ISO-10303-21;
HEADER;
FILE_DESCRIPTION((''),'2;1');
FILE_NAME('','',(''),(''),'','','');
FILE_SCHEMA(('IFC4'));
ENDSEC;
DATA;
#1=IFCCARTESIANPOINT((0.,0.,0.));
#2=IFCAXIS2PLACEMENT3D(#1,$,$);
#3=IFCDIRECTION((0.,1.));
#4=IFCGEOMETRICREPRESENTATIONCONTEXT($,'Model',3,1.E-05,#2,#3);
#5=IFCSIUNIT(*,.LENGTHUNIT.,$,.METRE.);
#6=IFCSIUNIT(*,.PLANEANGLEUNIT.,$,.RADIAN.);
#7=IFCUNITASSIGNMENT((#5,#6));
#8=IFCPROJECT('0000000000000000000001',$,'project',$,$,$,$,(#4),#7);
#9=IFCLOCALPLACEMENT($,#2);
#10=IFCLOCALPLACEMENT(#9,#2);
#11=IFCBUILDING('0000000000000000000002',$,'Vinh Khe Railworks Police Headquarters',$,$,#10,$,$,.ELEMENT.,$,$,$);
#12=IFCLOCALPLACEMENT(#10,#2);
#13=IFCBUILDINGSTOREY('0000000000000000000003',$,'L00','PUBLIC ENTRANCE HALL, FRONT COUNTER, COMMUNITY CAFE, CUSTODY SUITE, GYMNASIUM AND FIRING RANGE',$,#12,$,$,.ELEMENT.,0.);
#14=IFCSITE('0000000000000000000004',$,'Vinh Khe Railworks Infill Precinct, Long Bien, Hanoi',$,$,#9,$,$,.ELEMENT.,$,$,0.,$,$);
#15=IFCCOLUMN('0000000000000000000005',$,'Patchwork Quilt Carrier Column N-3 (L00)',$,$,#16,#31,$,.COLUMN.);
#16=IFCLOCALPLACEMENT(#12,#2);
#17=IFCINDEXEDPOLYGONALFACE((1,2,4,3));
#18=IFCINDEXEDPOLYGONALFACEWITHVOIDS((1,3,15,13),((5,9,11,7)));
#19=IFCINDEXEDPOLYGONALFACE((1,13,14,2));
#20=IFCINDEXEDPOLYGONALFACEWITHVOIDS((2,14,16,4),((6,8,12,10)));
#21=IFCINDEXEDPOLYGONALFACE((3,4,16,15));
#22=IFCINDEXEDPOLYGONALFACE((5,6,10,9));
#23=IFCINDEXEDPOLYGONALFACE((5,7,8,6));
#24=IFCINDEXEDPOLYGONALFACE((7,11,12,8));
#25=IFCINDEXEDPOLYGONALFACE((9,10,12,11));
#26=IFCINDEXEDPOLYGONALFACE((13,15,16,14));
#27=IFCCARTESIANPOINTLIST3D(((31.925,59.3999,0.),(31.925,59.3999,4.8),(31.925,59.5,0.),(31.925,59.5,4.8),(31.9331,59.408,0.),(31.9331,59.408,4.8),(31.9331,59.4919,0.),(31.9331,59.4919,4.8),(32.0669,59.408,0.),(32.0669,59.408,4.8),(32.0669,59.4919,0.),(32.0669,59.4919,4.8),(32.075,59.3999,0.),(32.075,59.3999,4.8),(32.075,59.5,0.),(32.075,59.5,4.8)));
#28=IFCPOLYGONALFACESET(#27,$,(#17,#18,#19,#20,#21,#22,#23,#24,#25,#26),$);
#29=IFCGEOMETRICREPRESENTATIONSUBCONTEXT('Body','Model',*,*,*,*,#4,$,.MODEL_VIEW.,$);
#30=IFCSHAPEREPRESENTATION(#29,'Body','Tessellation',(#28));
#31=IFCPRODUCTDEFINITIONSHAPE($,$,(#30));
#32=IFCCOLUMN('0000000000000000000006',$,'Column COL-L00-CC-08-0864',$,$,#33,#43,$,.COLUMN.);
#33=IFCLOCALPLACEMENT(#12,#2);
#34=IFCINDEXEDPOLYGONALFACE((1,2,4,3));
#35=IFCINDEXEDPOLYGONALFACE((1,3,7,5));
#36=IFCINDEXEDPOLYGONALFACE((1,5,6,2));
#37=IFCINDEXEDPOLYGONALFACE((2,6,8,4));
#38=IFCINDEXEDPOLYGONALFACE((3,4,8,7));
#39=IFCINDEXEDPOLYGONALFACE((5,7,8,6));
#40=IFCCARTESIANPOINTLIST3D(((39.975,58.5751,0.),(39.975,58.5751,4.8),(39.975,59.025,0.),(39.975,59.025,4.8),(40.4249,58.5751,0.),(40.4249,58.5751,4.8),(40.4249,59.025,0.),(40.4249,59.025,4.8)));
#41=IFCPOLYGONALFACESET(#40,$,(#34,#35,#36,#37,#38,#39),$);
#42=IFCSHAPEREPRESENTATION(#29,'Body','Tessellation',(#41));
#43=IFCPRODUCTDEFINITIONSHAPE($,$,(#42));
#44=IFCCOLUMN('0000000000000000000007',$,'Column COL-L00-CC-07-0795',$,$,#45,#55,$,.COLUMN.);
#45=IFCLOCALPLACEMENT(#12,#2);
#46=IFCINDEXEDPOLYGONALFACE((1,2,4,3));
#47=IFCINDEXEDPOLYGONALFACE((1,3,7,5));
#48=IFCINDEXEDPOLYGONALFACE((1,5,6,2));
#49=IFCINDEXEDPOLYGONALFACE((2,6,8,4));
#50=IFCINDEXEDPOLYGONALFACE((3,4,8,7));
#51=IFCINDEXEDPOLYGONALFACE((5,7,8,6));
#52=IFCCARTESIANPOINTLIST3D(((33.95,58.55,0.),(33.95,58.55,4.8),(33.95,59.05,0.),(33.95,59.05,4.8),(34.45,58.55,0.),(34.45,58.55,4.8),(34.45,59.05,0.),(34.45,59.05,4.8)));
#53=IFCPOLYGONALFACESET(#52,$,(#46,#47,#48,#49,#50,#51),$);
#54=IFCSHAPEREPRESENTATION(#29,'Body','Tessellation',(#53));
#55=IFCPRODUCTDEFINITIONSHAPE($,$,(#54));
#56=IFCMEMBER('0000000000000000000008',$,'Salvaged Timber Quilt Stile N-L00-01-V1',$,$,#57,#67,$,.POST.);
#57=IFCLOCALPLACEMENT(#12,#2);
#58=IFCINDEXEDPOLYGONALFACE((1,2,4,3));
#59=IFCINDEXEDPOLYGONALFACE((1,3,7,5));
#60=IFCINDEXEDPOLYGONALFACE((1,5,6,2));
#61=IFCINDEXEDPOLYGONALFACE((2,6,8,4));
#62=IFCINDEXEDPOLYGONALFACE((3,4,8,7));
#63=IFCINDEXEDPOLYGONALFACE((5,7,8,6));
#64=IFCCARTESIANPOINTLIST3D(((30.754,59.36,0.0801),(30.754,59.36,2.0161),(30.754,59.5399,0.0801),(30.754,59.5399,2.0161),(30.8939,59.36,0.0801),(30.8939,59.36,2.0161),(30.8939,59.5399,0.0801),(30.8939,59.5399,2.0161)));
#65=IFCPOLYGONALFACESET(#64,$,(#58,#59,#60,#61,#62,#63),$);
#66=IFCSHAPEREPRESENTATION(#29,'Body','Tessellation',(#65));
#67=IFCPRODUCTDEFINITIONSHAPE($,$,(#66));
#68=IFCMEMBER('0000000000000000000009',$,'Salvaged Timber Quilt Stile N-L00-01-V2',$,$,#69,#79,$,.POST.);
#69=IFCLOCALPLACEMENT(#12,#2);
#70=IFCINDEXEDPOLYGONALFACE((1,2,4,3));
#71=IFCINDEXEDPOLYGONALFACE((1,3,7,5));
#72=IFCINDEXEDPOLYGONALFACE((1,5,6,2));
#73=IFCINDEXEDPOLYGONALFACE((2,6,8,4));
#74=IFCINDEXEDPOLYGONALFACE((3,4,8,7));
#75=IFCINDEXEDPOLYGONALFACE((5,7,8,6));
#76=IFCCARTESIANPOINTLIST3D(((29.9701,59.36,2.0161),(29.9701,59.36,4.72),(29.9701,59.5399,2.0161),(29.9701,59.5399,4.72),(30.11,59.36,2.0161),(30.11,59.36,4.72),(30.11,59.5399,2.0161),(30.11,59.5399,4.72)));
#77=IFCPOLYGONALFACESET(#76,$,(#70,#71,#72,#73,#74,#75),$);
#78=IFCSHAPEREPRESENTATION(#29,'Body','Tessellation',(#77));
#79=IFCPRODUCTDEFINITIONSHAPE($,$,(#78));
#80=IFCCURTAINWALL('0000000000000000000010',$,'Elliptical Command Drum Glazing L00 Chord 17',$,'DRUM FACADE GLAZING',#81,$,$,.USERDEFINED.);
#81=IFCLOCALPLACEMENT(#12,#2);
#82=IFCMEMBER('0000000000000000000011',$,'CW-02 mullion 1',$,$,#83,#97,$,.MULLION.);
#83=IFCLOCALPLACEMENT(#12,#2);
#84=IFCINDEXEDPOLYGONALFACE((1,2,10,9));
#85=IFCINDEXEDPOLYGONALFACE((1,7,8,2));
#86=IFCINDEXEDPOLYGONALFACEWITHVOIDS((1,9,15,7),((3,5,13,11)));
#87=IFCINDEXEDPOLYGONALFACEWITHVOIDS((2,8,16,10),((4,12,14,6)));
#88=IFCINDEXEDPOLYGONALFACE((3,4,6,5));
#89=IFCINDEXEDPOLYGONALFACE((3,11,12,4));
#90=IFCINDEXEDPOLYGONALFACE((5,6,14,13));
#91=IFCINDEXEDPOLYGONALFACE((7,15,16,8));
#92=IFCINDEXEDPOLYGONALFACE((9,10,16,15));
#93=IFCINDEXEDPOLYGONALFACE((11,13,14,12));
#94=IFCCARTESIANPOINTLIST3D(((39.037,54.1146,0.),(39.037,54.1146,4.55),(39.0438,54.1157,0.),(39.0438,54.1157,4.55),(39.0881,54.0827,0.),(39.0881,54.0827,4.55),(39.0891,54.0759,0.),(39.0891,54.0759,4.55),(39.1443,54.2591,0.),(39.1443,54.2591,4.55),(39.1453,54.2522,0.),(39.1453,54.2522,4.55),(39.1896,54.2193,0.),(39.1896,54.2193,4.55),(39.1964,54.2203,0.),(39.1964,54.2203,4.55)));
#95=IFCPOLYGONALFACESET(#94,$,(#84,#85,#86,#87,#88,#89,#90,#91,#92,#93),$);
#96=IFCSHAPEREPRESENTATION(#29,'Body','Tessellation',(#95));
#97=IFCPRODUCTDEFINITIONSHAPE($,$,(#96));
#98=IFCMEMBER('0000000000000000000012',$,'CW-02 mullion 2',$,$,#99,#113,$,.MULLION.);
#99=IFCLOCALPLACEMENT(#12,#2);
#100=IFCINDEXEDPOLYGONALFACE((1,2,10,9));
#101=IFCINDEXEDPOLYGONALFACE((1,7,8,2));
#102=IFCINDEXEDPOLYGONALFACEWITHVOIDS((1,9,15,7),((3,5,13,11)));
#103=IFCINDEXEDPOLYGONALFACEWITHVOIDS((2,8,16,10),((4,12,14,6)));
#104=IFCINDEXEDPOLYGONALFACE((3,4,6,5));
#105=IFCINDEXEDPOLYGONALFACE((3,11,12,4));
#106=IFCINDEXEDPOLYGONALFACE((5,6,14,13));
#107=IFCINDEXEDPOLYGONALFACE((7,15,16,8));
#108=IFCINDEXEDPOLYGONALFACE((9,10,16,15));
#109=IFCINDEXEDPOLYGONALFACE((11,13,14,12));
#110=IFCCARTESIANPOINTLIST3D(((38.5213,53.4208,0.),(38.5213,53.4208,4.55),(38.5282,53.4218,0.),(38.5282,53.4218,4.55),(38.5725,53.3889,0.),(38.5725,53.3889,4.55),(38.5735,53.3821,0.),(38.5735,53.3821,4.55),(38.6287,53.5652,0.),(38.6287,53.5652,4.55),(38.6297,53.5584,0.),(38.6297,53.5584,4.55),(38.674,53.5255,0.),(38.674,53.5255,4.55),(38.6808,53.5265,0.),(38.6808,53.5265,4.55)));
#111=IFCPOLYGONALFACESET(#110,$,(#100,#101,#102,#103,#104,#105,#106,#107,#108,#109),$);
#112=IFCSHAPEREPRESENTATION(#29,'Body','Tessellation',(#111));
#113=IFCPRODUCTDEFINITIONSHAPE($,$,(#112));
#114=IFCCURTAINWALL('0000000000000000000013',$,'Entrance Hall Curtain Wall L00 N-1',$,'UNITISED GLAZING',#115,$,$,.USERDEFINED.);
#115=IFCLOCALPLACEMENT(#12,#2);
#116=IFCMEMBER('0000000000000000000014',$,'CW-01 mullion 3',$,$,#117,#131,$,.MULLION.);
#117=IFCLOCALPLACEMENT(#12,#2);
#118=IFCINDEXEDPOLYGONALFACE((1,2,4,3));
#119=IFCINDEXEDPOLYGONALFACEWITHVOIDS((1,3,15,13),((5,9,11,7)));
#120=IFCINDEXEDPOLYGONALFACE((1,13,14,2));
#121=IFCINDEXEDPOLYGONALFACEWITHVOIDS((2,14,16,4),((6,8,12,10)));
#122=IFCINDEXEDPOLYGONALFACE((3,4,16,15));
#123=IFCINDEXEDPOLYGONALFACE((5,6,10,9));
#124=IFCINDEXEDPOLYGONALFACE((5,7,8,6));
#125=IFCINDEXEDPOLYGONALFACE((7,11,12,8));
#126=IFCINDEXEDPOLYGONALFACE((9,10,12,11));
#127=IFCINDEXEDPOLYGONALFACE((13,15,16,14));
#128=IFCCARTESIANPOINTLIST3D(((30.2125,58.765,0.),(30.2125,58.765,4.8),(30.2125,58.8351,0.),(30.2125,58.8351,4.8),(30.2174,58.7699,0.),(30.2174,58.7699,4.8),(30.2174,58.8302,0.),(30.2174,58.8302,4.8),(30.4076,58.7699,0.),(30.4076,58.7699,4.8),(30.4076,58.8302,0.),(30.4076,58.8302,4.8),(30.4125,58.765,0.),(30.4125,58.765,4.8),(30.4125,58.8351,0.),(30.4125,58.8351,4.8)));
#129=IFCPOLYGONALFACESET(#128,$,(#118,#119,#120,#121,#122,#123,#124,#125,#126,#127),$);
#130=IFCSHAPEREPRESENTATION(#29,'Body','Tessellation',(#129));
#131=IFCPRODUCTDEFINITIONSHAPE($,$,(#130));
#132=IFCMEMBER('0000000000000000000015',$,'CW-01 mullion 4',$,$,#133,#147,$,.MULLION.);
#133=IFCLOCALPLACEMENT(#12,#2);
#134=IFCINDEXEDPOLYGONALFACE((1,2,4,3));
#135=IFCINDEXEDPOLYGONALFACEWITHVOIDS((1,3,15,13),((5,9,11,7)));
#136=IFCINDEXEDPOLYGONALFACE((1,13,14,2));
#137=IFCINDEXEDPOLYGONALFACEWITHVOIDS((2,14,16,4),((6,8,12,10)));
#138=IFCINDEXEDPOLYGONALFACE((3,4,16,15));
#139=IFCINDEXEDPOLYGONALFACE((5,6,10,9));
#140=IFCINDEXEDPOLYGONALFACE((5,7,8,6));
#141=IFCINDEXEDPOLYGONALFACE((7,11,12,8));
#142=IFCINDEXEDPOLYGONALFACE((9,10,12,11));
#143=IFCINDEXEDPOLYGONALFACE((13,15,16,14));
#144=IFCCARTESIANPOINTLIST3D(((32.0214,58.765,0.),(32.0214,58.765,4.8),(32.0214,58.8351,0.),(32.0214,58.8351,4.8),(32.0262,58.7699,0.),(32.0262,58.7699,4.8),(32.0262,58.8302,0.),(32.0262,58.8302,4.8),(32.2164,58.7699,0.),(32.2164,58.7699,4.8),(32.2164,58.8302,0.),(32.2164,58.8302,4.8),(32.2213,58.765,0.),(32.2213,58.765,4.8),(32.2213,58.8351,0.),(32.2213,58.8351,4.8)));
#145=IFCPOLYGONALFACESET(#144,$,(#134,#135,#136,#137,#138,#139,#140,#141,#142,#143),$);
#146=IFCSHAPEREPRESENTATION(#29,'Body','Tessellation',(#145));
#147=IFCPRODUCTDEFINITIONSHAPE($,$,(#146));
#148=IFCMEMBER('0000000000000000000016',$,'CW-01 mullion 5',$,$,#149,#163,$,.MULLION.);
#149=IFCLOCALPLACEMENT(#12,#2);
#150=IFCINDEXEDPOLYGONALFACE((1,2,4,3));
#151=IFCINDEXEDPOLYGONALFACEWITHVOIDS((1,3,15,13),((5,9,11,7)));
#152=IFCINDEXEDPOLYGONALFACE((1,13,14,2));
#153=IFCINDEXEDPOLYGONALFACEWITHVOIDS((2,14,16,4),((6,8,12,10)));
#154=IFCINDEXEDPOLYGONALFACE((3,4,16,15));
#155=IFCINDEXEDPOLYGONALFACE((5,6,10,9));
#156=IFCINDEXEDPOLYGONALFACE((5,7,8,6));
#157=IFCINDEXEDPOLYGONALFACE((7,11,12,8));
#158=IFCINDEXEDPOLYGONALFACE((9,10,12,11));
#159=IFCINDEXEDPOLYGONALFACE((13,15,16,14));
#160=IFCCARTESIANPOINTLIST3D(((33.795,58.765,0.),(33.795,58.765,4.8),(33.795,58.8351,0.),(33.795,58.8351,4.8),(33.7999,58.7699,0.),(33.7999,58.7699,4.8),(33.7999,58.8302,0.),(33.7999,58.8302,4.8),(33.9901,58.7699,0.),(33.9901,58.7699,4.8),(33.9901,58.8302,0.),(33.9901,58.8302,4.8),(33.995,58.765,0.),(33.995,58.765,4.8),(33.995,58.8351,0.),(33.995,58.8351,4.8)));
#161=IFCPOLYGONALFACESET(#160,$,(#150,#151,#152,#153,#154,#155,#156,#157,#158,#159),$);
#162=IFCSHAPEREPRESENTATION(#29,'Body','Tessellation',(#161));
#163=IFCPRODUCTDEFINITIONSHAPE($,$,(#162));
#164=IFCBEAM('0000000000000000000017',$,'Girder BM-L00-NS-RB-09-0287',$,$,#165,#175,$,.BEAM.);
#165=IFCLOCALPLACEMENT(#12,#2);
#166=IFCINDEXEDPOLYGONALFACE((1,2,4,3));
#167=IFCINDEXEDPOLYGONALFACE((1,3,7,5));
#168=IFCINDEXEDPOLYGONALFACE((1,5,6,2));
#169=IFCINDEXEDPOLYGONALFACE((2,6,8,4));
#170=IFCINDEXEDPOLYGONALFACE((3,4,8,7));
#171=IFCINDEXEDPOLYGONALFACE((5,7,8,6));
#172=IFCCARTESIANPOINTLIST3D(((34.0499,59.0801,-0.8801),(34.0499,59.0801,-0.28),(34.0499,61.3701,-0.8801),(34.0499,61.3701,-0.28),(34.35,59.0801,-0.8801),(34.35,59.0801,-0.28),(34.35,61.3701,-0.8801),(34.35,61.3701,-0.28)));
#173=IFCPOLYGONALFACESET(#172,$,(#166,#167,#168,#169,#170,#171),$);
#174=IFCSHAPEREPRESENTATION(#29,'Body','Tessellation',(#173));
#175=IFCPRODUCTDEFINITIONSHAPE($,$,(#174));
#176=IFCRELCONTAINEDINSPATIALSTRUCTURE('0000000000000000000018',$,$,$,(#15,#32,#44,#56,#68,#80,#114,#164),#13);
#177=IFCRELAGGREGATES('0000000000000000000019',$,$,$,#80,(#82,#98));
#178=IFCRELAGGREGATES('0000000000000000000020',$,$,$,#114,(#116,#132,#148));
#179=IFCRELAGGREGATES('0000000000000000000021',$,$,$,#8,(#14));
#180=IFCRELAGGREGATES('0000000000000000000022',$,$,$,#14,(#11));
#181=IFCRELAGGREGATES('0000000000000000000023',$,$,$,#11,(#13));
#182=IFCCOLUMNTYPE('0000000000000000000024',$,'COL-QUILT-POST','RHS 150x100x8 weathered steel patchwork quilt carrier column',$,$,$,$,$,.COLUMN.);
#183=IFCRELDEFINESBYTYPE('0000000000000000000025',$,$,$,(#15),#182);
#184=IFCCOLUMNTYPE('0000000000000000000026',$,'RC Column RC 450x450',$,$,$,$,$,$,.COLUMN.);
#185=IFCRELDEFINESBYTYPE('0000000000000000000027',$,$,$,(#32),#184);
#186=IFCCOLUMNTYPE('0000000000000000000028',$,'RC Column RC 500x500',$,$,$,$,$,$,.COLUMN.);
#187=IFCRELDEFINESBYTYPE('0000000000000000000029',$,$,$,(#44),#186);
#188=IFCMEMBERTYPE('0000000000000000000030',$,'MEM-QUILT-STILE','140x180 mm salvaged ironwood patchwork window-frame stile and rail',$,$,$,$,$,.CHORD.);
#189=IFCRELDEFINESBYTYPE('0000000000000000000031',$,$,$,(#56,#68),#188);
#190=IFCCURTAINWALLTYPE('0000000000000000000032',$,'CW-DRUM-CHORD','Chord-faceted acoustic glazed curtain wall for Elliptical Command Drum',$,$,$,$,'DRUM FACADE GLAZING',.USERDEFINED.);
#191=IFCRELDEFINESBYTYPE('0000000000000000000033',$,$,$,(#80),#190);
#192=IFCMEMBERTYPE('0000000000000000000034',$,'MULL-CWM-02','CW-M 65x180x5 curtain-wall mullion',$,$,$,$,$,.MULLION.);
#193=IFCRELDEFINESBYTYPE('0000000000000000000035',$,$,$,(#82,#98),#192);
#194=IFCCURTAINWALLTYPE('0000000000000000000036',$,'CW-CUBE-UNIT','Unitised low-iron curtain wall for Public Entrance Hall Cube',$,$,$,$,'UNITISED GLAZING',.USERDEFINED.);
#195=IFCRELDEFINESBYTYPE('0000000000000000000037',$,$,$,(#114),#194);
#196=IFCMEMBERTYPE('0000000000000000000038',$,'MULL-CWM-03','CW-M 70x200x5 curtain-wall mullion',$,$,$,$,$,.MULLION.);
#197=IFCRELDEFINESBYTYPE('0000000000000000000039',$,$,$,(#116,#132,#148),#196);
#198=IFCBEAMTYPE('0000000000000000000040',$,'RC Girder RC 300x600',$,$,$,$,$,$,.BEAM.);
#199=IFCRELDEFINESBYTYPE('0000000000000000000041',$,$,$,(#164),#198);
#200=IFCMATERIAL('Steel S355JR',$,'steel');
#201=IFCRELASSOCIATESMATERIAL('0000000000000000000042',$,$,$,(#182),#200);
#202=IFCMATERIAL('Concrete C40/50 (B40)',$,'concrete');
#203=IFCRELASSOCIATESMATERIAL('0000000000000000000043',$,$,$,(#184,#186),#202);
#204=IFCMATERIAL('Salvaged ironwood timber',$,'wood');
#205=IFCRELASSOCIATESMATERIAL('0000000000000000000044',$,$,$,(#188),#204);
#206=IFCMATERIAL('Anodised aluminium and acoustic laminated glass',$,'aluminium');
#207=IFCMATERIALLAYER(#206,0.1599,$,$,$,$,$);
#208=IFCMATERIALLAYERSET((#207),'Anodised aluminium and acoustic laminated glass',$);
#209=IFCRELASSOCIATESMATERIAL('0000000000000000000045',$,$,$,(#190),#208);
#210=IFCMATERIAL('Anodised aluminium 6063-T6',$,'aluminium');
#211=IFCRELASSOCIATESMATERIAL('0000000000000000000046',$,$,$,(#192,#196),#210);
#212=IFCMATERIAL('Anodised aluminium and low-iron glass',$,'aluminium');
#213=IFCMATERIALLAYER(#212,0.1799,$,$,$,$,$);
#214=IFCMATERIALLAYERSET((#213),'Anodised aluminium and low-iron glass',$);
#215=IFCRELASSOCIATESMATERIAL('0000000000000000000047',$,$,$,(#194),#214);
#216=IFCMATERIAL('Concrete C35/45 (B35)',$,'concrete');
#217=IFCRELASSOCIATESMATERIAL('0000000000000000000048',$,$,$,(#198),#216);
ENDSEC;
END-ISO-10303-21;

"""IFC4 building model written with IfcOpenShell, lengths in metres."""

from ifc_helpers import new_model, si_unit, direction, frame, origin, origin_2d, place, context, subcontext, project, spatial, rectangle, hollow_rectangle, extrude, material, layer, layer_set, material_profile, profile_set, type_object, element, aggregate, save


model = new_model("IFC4")

# Units and contexts
model_context = context("Model", 3, precision=1e-05, world=origin(), true_north=direction((0.0, 1.0)))
body_context = subcontext(model_context, "Body", "Model", "MODEL_VIEW")
ifc_project = project(units=[si_unit("LENGTHUNIT", "METRE"), si_unit("PLANEANGLEUNIT", "RADIAN")], contexts=[model_context])

# Site, building, storey
site_placement = place(None, origin())
site = spatial("IfcSite", under=ifc_project, at=site_placement, Name="Vinh Khe Railworks Infill Precinct, Long Bien, Hanoi", CompositionType="ELEMENT", RefElevation=0.0)
building_placement = place(site_placement, origin())
building = spatial("IfcBuilding", under=site, at=building_placement, Name="Vinh Khe Railworks Police Headquarters", CompositionType="ELEMENT")
storey_placement = place(building_placement, origin())
storey = spatial("IfcBuildingStorey", under=building, at=storey_placement, Name="L00", Description="PUBLIC ENTRANCE HALL, FRONT COUNTER, COMMUNITY CAFE, CUSTODY SUITE, GYMNASIUM AND FIRING RANGE", CompositionType="ELEMENT", Elevation=0.0)

# Columns
ifc_material_1 = material(Name="Steel S355JR", Category="steel")
ifc_material_profile_1 = material_profile(ifc_material_1, hollow_rectangle(XDim=0.1499, YDim=0.1001, WallThickness=0.0081, at=origin_2d()), Name="RHS 150x100x8")
ifc_profile_set_1 = profile_set([ifc_material_profile_1], Name="Steel S355JR")
column_type_1 = type_object("IfcColumnType", Name="COL-QUILT-POST", Description="RHS 150x100x8 weathered steel patchwork quilt carrier column", PredefinedType="COLUMN", material=ifc_profile_set_1)
column_1_placement = place(storey_placement, frame((32.0, 59.45, 0.0), z_axis=(0.0, 0.0, 1.0), x_axis=(1.0, 0.0, 0.0)))
element("IfcColumn", 1, at=column_1_placement, inside=storey, type_object=column_type_1, Name="Patchwork Quilt Carrier Column N-3 (L00)", PredefinedType="COLUMN", context=body_context, shape_type="SweptSolid", body=[
    extrude(hollow_rectangle(XDim=0.1499, YDim=0.1001, WallThickness=0.0081, at=origin_2d()), origin(), (0.0, 0.0, 1.0), 4.8),
])
ifc_material_2 = material(Name="Concrete C40/50 (B40)", Category="concrete")
ifc_material_profile_2 = material_profile(ifc_material_2, rectangle(XDim=0.45, YDim=0.45, at=origin_2d()), Name="RC 450x450")
ifc_profile_set_2 = profile_set([ifc_material_profile_2], Name="Concrete C40/50 (B40)")
column_type_2 = type_object("IfcColumnType", Name="RC Column RC 450x450", PredefinedType="COLUMN", material=ifc_profile_set_2)
column_2_placement = place(storey_placement, frame((40.2, 58.8, 0.0), z_axis=(0.0, 0.0, 1.0), x_axis=(1.0, 0.0, 0.0)))
element("IfcColumn", 2, at=column_2_placement, inside=storey, type_object=column_type_2, Name="Column COL-L00-CC-08-0864", PredefinedType="COLUMN", context=body_context, shape_type="SweptSolid", body=[
    extrude(rectangle(XDim=0.45, YDim=0.45, at=origin_2d()), origin(), (0.0, 0.0, 1.0), 4.8),
])
ifc_material_profile_3 = material_profile(ifc_material_2, rectangle(XDim=0.5, YDim=0.5, at=origin_2d()), Name="RC 500x500")
ifc_profile_set_3 = profile_set([ifc_material_profile_3], Name="Concrete C40/50 (B40)")
column_type_3 = type_object("IfcColumnType", Name="RC Column RC 500x500", PredefinedType="COLUMN", material=ifc_profile_set_3)
column_3_placement = place(storey_placement, frame((34.2, 58.8, 0.0), z_axis=(0.0, 0.0, 1.0), x_axis=(1.0, 0.0, 0.0)))
element("IfcColumn", 3, at=column_3_placement, inside=storey, type_object=column_type_3, Name="Column COL-L00-CC-07-0795", PredefinedType="COLUMN", context=body_context, shape_type="SweptSolid", body=[
    extrude(rectangle(XDim=0.5, YDim=0.5, at=origin_2d()), origin(), (0.0, 0.0, 1.0), 4.8),
])

# Members
ifc_material_3 = material(Name="Salvaged ironwood timber", Category="wood")
ifc_material_profile_4 = material_profile(ifc_material_3, rectangle(XDim=0.1399, YDim=0.1799, at=origin_2d()), Name="TIMBER 140x180")
ifc_profile_set_4 = profile_set([ifc_material_profile_4], Name="Salvaged ironwood timber")
member_type_1 = type_object("IfcMemberType", Name="MEM-QUILT-STILE", Description="140x180 mm salvaged ironwood patchwork window-frame stile and rail", PredefinedType="CHORD", material=ifc_profile_set_4)
member_1_placement = place(storey_placement, frame((30.824, 59.45, 0.0801), z_axis=(0.0, 0.0, 1.0), x_axis=(1.0, 0.0, 0.0)))
element("IfcMember", 4, at=member_1_placement, inside=storey, type_object=member_type_1, Name="Salvaged Timber Quilt Stile N-L00-01-V1", PredefinedType="POST", context=body_context, shape_type="SweptSolid", body=[
    extrude(rectangle(XDim=0.1399, YDim=0.1799, at=origin_2d()), origin(), (0.0, 0.0, 1.0), 1.936),
])
member_2_placement = place(storey_placement, frame((30.04, 59.45, 2.0161), z_axis=(0.0, 0.0, 1.0), x_axis=(1.0, 0.0, 0.0)))
element("IfcMember", 5, at=member_2_placement, inside=storey, type_object=member_type_1, Name="Salvaged Timber Quilt Stile N-L00-01-V2", PredefinedType="POST", context=body_context, shape_type="SweptSolid", body=[
    extrude(rectangle(XDim=0.1399, YDim=0.1799, at=origin_2d()), origin(), (0.0, 0.0, 1.0), 2.7039),
])

# Curtain walls, members
ifc_material_4 = material(Name="Anodised aluminium and acoustic laminated glass", Category="aluminium")
ifc_layer_1 = layer(ifc_material_4, 0.1599)
ifc_layer_set_1 = layer_set([ifc_layer_1], Name="Anodised aluminium and acoustic laminated glass")
curtain_wall_type_1 = type_object("IfcCurtainWallType", Name="CW-DRUM-CHORD", Description="Chord-faceted acoustic glazed curtain wall for Elliptical Command Drum", ElementType="DRUM FACADE GLAZING", PredefinedType="USERDEFINED", material=ifc_layer_set_1)
curtain_wall_1_placement = place(storey_placement, origin())
curtain_wall_1 = element("IfcCurtainWall", 6, at=curtain_wall_1_placement, inside=storey, type_object=curtain_wall_type_1, Name="Elliptical Command Drum Glazing L00 Chord 17", ObjectType="DRUM FACADE GLAZING", PredefinedType="USERDEFINED")
ifc_material_5 = material(Name="Anodised aluminium 6063-T6", Category="aluminium")
ifc_material_profile_5 = material_profile(ifc_material_5, hollow_rectangle(XDim=0.0649, YDim=0.1799, WallThickness=0.0049, at=origin_2d()), Name="CW-M 65x180x5")
ifc_profile_set_5 = profile_set([ifc_material_profile_5], Name="Anodised aluminium 6063-T6")
member_type_2 = type_object("IfcMemberType", Name="MULL-CWM-02", Description="CW-M 65x180x5 curtain-wall mullion", PredefinedType="MULLION", material=ifc_profile_set_5)
member_3_placement = place(storey_placement, frame((39.1167, 54.1675, 0.0), z_axis=(0.0, 0.0, 1.0), x_axis=(0.802592, -0.596528, 0.0)))
member_3 = element("IfcMember", 7, at=member_3_placement, type_object=member_type_2, Name="CW-02 mullion 1", PredefinedType="MULLION", context=body_context, shape_type="SweptSolid", body=[
    extrude(hollow_rectangle(XDim=0.0649, YDim=0.1799, WallThickness=0.0049, at=origin_2d()), origin(), (0.0, 0.0, 1.0), 4.55),
])
member_4_placement = place(storey_placement, frame((38.6011, 53.4736, 0.0), z_axis=(0.0, 0.0, 1.0), x_axis=(0.802592, -0.596528, 0.0)))
member_4 = element("IfcMember", 8, at=member_4_placement, type_object=member_type_2, Name="CW-02 mullion 2", PredefinedType="MULLION", context=body_context, shape_type="SweptSolid", body=[
    extrude(hollow_rectangle(XDim=0.0649, YDim=0.1799, WallThickness=0.0049, at=origin_2d()), origin(), (0.0, 0.0, 1.0), 4.55),
])
ifc_material_6 = material(Name="Anodised aluminium and low-iron glass", Category="aluminium")
ifc_layer_2 = layer(ifc_material_6, 0.1799)
ifc_layer_set_2 = layer_set([ifc_layer_2], Name="Anodised aluminium and low-iron glass")
curtain_wall_type_2 = type_object("IfcCurtainWallType", Name="CW-CUBE-UNIT", Description="Unitised low-iron curtain wall for Public Entrance Hall Cube", ElementType="UNITISED GLAZING", PredefinedType="USERDEFINED", material=ifc_layer_set_2)
curtain_wall_2_placement = place(storey_placement, origin())
curtain_wall_2 = element("IfcCurtainWall", 9, at=curtain_wall_2_placement, inside=storey, type_object=curtain_wall_type_2, Name="Entrance Hall Curtain Wall L00 N-1", ObjectType="UNITISED GLAZING", PredefinedType="USERDEFINED")
ifc_material_profile_6 = material_profile(ifc_material_5, hollow_rectangle(XDim=0.0701, YDim=0.2, WallThickness=0.0049, at=origin_2d()), Name="CW-M 70x200x5")
ifc_profile_set_6 = profile_set([ifc_material_profile_6], Name="Anodised aluminium 6063-T6")
member_type_3 = type_object("IfcMemberType", Name="MULL-CWM-03", Description="CW-M 70x200x5 curtain-wall mullion", PredefinedType="MULLION", material=ifc_profile_set_6)
member_5_placement = place(storey_placement, frame((30.3125, 58.8, 0.0), z_axis=(0.0, 0.0, 1.0), x_axis=(0.0, 1.0, 0.0)))
member_5 = element("IfcMember", 10, at=member_5_placement, type_object=member_type_3, Name="CW-01 mullion 3", PredefinedType="MULLION", context=body_context, shape_type="SweptSolid", body=[
    extrude(hollow_rectangle(XDim=0.0701, YDim=0.2, WallThickness=0.0049, at=origin_2d()), origin(), (0.0, 0.0, 1.0), 4.8),
])
member_6_placement = place(storey_placement, frame((32.1213, 58.8, 0.0), z_axis=(0.0, 0.0, 1.0), x_axis=(0.0, 1.0, 0.0)))
member_6 = element("IfcMember", 11, at=member_6_placement, type_object=member_type_3, Name="CW-01 mullion 4", PredefinedType="MULLION", context=body_context, shape_type="SweptSolid", body=[
    extrude(hollow_rectangle(XDim=0.0701, YDim=0.2, WallThickness=0.0049, at=origin_2d()), origin(), (0.0, 0.0, 1.0), 4.8),
])
member_7_placement = place(storey_placement, frame((33.895, 58.8, 0.0), z_axis=(0.0, 0.0, 1.0), x_axis=(0.0, 1.0, 0.0)))
member_7 = element("IfcMember", 12, at=member_7_placement, type_object=member_type_3, Name="CW-01 mullion 5", PredefinedType="MULLION", context=body_context, shape_type="SweptSolid", body=[
    extrude(hollow_rectangle(XDim=0.0701, YDim=0.2, WallThickness=0.0049, at=origin_2d()), origin(), (0.0, 0.0, 1.0), 4.8),
])

# Beam
ifc_material_7 = material(Name="Concrete C35/45 (B35)", Category="concrete")
ifc_material_profile_7 = material_profile(ifc_material_7, rectangle(XDim=0.3, YDim=0.6001, at=origin_2d()), Name="RC 300x600")
ifc_profile_set_7 = profile_set([ifc_material_profile_7], Name="Concrete C35/45 (B35)")
beam_type_1 = type_object("IfcBeamType", Name="RC Girder RC 300x600", PredefinedType="BEAM", material=ifc_profile_set_7)
beam_1_placement = place(storey_placement, frame((34.2, 59.0801, -0.5801), z_axis=(0.0, 1.0, 0.0), x_axis=(-1.0, 0.0, 0.0)))
element("IfcBeam", 13, at=beam_1_placement, inside=storey, type_object=beam_type_1, Name="Girder BM-L00-NS-RB-09-0287", PredefinedType="BEAM", context=body_context, shape_type="SweptSolid", body=[
    extrude(rectangle(XDim=0.3, YDim=0.6001, at=origin_2d()), origin(), (0.0, 0.0, 1.0), 2.29),
])

aggregate(curtain_wall_1, [member_3, member_4])
aggregate(curtain_wall_2, [member_5, member_6, member_7])

save(model, "model.ifc")
